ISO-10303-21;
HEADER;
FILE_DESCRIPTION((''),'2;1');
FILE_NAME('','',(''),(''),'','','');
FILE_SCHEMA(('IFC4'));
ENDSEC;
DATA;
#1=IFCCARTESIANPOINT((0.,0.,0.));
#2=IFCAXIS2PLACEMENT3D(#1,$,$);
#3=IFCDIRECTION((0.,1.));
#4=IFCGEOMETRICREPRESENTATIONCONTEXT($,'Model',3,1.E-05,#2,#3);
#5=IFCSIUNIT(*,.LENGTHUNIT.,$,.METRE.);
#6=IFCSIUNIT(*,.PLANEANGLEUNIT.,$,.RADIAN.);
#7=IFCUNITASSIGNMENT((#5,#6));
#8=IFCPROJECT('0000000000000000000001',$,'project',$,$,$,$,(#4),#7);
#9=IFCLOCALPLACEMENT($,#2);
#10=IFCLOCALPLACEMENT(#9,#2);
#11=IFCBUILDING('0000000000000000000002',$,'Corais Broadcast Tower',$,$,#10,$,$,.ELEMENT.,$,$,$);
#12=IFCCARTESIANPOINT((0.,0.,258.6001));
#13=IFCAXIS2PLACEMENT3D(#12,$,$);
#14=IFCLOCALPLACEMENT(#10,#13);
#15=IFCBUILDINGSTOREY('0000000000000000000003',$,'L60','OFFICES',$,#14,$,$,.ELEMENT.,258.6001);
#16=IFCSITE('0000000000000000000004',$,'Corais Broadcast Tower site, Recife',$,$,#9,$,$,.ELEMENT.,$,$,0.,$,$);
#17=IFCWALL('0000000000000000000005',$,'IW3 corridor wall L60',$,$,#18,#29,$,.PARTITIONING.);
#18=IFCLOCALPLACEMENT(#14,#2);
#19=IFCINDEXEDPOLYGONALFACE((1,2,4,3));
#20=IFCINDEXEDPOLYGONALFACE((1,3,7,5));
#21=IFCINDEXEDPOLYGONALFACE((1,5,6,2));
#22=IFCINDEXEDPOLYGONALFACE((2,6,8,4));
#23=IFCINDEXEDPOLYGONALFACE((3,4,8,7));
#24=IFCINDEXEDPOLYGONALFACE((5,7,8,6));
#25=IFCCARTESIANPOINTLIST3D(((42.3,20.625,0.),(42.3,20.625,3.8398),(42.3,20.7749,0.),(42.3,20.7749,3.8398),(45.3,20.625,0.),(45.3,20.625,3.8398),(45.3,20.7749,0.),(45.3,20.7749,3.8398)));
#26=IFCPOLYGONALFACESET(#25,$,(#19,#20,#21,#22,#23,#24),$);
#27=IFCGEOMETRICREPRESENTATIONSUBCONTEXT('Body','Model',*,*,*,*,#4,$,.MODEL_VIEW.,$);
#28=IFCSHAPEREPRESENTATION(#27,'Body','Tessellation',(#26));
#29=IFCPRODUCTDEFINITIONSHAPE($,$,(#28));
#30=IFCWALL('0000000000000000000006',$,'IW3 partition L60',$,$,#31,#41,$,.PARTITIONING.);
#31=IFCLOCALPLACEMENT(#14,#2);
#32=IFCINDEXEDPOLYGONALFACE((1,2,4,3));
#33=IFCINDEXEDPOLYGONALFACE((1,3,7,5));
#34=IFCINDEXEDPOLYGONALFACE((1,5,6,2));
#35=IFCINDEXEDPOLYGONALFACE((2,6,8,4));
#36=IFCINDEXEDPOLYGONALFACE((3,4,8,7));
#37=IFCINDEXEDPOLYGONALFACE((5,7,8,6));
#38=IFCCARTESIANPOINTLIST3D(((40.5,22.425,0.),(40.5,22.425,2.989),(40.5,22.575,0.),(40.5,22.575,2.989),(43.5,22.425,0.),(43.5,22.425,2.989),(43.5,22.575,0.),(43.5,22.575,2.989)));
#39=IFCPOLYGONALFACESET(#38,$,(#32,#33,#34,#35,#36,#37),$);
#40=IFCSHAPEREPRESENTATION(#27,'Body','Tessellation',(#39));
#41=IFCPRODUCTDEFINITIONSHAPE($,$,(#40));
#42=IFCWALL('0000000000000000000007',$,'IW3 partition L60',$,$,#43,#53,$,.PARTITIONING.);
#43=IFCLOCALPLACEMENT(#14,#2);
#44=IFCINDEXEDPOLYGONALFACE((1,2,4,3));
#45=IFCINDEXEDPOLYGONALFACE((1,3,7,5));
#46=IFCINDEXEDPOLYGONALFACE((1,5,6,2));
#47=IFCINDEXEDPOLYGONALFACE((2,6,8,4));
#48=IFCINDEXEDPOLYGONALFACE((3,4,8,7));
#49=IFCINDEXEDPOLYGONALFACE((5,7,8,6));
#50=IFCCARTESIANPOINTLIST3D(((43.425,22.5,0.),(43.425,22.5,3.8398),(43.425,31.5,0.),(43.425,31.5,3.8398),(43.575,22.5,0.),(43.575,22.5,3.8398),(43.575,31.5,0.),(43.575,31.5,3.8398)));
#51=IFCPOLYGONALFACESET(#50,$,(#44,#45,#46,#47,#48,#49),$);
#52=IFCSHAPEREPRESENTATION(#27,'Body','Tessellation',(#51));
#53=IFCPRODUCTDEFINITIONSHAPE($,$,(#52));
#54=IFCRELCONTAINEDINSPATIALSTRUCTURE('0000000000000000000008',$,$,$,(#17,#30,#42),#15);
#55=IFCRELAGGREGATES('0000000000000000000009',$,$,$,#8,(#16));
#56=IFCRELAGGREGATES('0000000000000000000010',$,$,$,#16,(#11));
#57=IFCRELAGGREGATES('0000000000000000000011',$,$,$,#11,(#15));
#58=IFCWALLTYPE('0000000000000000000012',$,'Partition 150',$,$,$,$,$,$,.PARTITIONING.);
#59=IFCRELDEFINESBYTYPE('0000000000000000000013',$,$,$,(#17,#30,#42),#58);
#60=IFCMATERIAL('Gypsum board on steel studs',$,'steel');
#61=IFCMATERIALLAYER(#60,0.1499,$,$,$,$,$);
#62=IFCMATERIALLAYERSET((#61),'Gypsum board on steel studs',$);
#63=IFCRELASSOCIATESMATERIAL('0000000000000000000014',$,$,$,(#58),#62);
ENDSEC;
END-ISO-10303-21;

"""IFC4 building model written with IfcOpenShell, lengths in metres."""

from ifc_helpers import new_model, si_unit, direction, frame, frame_2d, origin, place, context, subcontext, project, spatial, rectangle, extrude, material, layer, layer_set, type_object, element, save


model = new_model("IFC4")

# Units and contexts
model_context = context("Model", 3, precision=1e-05, world=origin(), true_north=direction((0.0, 1.0)))
body_context = subcontext(model_context, "Body", "Model", "MODEL_VIEW")
ifc_project = project(units=[si_unit("LENGTHUNIT", "METRE"), si_unit("PLANEANGLEUNIT", "RADIAN")], contexts=[model_context])

# Site, building, storey
site_placement = place(None, origin())
site = spatial("IfcSite", under=ifc_project, at=site_placement, Name="Corais Broadcast Tower site, Recife", CompositionType="ELEMENT", RefElevation=0.0)
building_placement = place(site_placement, origin())
building = spatial("IfcBuilding", under=site, at=building_placement, Name="Corais Broadcast Tower", CompositionType="ELEMENT")
storey_placement = place(building_placement, frame((0.0, 0.0, 258.6001)))
storey = spatial("IfcBuildingStorey", under=building, at=storey_placement, Name="L60", Description="OFFICES", CompositionType="ELEMENT", Elevation=258.6001)

# Shared definitions
ifc_material_1 = material(Name="Gypsum board on steel studs", Category="steel")
ifc_layer_1 = layer(ifc_material_1, 0.1499)
ifc_layer_set_1 = layer_set([ifc_layer_1], Name="Gypsum board on steel studs")
wall_type = type_object("IfcWallType", Name="Partition 150", PredefinedType="PARTITIONING", material=ifc_layer_set_1)

# Walls
wall_1_placement = place(storey_placement, frame((42.3, 20.7, 0.0), z_axis=(0.0, 0.0, 1.0), x_axis=(1.0, 0.0, 0.0)))
element("IfcWall", 1, at=wall_1_placement, inside=storey, type_object=wall_type, Name="IW3 corridor wall L60", PredefinedType="PARTITIONING", context=body_context, shape_type="SweptSolid", body=[
    extrude(rectangle(XDim=3.0, YDim=0.1499, at=frame_2d((1.5, 0.0))), origin(), (0.0, 0.0, 1.0), 3.8398),
])
wall_2_placement = place(storey_placement, frame((40.5, 22.5, 0.0), z_axis=(0.0, 0.0, 1.0), x_axis=(1.0, 0.0, 0.0)))
element("IfcWall", 2, at=wall_2_placement, inside=storey, type_object=wall_type, Name="IW3 partition L60", PredefinedType="PARTITIONING", context=body_context, shape_type="SweptSolid", body=[
    extrude(rectangle(XDim=3.0, YDim=0.1499, at=frame_2d((1.5, 0.0))), origin(), (0.0, 0.0, 1.0), 2.989),
])
wall_3_placement = place(storey_placement, frame((43.5, 22.5, 0.0), z_axis=(0.0, 0.0, 1.0), x_axis=(0.0, 1.0, 0.0)))
element("IfcWall", 3, at=wall_3_placement, inside=storey, type_object=wall_type, Name="IW3 partition L60", PredefinedType="PARTITIONING", context=body_context, shape_type="SweptSolid", body=[
    extrude(rectangle(XDim=9.0, YDim=0.1499, at=frame_2d((4.5, 0.0))), origin(), (0.0, 0.0, 1.0), 3.8398),
])

save(model, "model.ifc")
